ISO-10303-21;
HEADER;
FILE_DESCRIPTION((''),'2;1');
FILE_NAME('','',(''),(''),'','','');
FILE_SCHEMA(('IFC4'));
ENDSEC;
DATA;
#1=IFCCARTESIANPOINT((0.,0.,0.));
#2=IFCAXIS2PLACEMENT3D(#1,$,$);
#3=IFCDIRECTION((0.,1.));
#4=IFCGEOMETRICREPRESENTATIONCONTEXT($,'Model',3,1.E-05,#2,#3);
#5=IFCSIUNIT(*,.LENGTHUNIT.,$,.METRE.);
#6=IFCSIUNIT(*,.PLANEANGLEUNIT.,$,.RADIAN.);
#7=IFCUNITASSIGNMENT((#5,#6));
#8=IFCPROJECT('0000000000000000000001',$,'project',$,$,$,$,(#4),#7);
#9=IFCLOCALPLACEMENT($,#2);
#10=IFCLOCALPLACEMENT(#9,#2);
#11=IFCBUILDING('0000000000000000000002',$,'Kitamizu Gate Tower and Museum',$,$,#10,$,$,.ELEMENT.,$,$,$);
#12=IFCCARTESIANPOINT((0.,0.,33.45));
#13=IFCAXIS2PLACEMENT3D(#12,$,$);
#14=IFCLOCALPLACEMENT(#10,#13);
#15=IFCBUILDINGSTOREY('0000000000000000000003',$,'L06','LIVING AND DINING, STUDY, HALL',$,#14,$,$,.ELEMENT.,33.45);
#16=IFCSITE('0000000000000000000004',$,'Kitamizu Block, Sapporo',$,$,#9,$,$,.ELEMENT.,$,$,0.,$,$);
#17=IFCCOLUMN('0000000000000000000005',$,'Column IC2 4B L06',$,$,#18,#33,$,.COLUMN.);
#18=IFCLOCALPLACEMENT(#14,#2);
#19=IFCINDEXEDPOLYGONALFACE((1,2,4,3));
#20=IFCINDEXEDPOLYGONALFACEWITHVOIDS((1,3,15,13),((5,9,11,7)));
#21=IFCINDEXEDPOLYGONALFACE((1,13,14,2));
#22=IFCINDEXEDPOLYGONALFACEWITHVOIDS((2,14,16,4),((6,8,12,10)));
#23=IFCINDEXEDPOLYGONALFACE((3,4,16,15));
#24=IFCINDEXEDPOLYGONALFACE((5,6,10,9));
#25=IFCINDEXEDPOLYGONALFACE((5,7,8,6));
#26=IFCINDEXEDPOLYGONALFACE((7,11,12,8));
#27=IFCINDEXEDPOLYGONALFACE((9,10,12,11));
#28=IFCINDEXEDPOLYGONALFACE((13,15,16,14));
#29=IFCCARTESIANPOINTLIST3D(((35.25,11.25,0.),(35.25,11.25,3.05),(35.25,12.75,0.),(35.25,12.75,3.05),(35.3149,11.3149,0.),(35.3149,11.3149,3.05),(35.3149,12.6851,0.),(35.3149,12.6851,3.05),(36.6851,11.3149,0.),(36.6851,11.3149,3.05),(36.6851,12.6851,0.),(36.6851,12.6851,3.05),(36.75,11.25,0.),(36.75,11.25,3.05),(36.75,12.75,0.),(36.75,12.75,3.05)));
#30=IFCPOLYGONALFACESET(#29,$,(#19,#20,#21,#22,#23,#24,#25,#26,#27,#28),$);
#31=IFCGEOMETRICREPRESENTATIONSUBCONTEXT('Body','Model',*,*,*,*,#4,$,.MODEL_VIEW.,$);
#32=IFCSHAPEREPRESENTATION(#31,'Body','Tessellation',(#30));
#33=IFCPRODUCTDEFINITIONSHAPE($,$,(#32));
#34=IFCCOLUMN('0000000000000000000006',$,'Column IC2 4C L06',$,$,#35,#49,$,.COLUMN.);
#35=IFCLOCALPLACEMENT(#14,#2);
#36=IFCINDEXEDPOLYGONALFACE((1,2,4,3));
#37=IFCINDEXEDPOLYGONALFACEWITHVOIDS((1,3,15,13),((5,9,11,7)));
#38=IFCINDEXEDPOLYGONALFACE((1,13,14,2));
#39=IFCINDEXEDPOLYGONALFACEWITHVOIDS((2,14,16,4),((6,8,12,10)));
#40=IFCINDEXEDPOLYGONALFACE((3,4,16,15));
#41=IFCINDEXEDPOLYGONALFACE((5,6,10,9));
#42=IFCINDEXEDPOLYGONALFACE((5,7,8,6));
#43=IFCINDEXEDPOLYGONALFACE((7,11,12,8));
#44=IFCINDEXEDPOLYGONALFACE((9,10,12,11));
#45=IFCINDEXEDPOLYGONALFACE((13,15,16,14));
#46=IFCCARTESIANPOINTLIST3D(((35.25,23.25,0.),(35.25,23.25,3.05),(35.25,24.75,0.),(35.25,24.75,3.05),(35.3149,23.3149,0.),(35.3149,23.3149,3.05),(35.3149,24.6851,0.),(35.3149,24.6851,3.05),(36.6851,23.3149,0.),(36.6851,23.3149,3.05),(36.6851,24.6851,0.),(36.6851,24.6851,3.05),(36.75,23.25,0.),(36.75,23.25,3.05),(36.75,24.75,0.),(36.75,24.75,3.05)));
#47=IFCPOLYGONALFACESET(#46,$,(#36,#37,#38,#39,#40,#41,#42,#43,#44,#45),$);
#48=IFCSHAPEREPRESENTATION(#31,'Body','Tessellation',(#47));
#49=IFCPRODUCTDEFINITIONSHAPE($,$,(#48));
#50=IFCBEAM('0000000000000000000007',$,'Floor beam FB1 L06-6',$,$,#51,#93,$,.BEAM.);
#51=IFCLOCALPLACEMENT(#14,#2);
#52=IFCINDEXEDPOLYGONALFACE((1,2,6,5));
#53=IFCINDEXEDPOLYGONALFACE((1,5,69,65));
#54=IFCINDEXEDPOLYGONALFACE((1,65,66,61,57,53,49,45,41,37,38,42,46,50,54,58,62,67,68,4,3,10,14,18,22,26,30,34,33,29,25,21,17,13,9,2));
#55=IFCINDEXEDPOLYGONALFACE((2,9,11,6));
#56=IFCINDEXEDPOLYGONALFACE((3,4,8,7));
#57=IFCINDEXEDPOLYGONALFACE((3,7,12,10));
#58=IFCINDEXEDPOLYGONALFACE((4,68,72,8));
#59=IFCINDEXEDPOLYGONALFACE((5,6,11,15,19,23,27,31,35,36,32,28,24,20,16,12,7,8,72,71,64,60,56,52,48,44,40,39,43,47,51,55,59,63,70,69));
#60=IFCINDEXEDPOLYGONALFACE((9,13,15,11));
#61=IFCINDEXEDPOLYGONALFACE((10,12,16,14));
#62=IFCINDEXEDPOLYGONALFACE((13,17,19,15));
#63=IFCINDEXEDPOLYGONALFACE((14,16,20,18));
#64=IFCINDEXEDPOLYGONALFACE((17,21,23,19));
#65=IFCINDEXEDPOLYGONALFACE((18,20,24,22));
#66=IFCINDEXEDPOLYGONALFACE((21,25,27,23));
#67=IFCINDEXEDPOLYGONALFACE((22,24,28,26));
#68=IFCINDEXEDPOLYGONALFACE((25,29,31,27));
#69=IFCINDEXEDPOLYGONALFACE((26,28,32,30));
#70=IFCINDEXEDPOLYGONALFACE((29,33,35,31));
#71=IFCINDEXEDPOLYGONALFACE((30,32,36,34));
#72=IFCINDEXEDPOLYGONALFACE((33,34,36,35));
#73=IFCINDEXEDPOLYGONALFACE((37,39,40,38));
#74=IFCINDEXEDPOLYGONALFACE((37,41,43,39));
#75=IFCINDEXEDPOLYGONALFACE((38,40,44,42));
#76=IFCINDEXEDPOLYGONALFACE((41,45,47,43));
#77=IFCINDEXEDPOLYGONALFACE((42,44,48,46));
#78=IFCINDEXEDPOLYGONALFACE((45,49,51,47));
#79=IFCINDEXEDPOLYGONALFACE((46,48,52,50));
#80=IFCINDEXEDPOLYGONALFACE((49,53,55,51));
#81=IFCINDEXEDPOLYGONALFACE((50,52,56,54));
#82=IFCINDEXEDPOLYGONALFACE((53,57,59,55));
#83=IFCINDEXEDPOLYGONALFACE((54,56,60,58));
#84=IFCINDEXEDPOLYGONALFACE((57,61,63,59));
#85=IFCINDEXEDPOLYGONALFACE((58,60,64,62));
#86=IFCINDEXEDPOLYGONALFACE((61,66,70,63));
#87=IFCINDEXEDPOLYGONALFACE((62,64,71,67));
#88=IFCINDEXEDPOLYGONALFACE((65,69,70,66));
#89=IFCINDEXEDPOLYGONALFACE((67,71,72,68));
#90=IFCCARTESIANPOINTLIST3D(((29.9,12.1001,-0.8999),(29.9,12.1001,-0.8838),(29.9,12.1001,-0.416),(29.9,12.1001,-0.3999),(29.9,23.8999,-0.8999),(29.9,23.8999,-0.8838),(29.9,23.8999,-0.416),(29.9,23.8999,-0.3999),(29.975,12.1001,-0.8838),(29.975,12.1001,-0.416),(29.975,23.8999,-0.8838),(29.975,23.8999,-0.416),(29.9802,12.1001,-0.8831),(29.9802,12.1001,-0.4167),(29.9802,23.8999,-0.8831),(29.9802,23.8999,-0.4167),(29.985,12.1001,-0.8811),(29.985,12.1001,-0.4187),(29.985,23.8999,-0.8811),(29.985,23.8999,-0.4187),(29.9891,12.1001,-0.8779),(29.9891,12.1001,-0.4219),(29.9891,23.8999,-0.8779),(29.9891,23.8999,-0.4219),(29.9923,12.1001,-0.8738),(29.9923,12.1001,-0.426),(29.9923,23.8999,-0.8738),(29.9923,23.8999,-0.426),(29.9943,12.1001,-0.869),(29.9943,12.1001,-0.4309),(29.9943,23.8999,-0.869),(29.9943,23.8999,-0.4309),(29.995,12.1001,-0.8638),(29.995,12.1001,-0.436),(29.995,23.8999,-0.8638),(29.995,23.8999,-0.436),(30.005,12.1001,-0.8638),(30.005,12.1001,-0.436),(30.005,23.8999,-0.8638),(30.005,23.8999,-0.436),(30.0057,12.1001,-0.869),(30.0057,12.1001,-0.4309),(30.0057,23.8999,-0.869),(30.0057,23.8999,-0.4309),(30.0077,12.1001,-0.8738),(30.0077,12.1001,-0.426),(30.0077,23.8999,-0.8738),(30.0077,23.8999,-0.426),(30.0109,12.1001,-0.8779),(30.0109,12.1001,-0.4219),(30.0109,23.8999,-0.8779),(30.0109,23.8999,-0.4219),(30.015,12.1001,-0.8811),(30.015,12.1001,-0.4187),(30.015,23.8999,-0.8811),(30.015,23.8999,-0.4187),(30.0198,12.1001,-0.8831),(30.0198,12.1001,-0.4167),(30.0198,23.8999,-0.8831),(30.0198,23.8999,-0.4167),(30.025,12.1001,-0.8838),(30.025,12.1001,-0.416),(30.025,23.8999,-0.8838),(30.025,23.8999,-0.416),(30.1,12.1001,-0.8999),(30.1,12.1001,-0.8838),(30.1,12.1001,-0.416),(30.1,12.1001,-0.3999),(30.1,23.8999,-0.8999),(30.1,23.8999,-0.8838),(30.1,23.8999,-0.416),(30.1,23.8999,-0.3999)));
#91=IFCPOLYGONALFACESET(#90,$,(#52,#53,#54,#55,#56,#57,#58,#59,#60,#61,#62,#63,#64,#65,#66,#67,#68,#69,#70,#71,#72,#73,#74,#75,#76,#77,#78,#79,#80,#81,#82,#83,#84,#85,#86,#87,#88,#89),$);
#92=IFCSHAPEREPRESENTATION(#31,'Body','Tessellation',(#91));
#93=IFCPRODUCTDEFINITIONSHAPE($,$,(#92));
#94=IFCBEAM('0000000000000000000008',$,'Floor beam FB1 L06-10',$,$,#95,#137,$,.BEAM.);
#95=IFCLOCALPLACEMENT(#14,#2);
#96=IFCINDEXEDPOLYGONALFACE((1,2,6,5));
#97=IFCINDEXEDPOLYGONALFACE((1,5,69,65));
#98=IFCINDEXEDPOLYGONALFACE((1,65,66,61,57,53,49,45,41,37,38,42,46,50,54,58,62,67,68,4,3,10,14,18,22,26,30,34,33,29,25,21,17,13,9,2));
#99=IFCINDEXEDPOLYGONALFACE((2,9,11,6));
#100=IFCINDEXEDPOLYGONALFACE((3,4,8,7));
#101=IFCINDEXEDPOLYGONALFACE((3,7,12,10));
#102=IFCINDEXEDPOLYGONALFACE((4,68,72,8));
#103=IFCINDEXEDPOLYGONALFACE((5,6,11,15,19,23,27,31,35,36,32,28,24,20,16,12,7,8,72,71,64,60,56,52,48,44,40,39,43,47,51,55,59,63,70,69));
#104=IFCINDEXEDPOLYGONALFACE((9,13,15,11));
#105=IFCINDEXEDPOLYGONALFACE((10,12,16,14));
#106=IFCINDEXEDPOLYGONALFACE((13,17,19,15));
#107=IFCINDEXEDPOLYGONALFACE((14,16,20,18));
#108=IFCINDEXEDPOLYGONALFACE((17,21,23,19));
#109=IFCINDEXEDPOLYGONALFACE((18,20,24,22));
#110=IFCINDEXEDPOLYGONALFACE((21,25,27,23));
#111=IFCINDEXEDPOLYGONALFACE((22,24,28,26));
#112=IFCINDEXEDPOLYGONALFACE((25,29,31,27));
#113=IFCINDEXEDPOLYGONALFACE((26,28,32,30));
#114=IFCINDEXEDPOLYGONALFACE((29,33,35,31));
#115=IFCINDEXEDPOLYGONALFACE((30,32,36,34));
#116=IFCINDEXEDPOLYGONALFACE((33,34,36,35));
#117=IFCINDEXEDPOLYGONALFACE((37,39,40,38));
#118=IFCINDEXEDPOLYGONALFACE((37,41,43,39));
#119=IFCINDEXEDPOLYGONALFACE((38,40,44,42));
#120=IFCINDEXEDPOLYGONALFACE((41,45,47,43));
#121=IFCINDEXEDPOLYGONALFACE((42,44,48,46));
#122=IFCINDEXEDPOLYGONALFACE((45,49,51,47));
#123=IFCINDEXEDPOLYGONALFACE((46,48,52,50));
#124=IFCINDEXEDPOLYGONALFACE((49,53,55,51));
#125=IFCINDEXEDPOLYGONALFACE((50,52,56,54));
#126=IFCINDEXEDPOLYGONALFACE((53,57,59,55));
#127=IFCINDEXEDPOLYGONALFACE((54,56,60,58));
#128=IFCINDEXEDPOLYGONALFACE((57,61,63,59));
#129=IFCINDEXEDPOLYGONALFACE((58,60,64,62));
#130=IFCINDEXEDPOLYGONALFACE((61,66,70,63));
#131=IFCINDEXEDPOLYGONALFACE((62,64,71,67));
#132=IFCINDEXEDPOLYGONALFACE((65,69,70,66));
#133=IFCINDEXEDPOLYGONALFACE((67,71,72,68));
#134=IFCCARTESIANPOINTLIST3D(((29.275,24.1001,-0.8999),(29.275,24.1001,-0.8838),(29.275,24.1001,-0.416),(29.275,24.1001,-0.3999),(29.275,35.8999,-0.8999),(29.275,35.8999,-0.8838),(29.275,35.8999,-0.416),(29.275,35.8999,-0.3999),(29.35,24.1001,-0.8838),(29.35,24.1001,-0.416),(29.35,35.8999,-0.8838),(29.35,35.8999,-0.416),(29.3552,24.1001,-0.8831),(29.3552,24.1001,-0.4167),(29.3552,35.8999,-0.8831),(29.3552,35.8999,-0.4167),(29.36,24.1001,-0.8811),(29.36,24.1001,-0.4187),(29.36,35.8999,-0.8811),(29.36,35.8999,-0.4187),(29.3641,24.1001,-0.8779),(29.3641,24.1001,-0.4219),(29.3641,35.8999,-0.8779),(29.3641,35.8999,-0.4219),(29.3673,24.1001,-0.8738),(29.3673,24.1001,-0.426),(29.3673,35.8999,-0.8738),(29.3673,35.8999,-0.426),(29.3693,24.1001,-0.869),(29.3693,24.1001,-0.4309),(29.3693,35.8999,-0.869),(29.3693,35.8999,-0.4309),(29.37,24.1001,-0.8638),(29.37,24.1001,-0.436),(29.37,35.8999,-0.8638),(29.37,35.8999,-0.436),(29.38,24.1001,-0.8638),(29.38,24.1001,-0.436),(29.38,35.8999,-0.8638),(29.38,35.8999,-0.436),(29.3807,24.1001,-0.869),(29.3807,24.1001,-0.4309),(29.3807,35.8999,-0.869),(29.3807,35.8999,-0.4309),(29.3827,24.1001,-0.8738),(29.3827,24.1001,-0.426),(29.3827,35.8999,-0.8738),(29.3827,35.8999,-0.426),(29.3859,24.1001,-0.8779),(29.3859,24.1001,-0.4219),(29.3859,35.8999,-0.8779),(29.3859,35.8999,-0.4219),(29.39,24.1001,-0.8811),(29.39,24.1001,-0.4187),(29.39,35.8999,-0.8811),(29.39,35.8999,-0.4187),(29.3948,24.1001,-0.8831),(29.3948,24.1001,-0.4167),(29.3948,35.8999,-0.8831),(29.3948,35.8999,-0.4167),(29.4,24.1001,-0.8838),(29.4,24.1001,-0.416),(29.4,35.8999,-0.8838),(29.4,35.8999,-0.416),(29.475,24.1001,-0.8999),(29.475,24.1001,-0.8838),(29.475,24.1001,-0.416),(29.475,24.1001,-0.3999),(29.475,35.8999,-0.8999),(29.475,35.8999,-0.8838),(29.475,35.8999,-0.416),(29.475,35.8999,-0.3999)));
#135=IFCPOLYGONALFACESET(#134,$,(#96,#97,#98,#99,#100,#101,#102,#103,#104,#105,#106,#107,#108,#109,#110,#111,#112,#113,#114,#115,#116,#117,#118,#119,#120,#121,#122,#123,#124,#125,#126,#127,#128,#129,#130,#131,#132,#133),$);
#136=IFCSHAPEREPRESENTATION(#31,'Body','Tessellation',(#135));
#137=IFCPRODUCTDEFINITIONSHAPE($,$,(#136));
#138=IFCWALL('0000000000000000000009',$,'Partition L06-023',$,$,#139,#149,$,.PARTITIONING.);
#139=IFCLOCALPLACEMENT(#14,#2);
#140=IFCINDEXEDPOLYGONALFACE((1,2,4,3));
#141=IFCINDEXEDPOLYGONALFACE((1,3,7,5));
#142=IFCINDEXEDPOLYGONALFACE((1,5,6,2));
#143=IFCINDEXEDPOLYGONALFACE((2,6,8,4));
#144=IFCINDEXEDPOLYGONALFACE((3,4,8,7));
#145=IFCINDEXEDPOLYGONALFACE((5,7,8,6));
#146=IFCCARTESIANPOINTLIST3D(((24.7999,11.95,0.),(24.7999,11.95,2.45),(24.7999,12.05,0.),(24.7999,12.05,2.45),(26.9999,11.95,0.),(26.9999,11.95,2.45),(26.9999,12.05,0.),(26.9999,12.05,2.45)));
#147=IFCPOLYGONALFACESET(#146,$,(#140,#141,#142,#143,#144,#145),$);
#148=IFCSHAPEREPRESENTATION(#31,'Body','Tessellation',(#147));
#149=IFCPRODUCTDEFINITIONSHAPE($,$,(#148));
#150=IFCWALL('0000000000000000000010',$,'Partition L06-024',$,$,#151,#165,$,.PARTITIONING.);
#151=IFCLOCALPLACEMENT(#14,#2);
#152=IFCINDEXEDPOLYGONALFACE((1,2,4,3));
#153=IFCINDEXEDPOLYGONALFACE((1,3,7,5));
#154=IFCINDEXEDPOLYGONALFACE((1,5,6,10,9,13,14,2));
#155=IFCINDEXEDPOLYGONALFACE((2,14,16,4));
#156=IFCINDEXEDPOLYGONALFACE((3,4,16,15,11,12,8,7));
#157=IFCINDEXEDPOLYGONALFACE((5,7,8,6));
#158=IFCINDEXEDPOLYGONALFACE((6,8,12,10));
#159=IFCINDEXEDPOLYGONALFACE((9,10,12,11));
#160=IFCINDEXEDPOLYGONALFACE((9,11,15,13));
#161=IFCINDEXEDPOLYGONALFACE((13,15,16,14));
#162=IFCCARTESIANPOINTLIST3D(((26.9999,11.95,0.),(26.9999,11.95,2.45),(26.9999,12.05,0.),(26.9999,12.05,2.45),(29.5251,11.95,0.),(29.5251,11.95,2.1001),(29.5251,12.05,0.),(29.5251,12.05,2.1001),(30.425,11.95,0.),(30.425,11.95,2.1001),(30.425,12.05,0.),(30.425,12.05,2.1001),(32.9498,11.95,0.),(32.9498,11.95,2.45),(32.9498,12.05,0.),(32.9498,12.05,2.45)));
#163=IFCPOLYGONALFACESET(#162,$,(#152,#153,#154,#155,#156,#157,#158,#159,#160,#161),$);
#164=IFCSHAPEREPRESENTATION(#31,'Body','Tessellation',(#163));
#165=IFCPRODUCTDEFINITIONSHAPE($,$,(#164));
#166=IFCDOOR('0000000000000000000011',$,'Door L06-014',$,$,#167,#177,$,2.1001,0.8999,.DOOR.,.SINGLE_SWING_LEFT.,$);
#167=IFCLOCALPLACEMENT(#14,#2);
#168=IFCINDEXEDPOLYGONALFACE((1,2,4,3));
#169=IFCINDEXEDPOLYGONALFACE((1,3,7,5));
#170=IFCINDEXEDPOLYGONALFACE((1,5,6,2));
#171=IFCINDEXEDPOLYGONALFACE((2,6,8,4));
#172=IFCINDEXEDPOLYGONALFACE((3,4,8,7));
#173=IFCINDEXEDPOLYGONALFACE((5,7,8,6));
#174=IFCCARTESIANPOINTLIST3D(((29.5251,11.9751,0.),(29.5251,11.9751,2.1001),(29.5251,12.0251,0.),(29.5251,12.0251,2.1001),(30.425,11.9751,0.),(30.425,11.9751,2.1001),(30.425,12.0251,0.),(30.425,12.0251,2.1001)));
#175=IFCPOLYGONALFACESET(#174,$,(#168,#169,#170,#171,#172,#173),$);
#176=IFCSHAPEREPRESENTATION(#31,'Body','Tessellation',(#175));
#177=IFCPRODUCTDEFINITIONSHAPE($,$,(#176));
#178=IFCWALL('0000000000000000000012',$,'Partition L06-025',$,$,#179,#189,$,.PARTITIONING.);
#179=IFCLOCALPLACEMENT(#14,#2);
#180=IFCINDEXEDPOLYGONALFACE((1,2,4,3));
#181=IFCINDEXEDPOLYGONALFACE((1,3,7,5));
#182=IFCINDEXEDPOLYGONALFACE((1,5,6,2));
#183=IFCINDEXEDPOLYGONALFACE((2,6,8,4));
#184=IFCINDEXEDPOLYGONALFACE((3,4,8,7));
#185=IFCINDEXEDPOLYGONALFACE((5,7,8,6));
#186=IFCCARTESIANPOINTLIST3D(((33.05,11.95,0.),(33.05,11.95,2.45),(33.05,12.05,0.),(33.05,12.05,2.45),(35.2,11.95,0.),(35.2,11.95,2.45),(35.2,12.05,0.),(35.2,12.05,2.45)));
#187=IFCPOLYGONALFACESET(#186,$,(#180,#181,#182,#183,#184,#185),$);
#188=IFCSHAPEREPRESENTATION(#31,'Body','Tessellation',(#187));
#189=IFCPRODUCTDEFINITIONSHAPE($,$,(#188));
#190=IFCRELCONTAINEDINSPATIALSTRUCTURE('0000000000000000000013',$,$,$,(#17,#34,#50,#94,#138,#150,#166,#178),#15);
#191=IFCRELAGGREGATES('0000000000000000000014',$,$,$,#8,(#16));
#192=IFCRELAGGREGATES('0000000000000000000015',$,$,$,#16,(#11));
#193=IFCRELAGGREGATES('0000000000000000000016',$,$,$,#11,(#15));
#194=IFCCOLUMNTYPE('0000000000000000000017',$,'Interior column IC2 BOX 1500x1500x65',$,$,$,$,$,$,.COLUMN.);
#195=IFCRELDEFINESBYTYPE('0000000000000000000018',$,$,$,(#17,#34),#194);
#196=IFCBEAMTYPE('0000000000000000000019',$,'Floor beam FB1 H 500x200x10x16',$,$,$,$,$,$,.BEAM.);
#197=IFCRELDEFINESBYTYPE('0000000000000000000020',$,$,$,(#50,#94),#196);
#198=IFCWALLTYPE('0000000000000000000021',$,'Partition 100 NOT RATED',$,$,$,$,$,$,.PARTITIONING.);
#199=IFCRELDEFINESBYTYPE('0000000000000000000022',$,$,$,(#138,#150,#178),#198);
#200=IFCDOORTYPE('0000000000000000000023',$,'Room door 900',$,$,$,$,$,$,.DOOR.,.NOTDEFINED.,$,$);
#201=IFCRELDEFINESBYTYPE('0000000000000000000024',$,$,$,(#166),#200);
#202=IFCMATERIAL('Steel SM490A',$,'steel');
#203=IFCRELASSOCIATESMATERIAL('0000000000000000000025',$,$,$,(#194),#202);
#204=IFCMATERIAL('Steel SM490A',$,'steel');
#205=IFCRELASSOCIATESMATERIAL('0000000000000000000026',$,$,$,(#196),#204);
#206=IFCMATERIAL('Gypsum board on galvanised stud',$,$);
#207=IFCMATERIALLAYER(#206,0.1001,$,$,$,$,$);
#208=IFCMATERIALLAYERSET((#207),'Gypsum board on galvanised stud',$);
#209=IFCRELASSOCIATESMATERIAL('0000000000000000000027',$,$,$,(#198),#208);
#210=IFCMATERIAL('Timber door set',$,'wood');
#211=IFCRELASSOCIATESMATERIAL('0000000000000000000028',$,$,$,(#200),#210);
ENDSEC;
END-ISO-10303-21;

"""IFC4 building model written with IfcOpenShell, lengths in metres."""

from ifc_helpers import new_model, si_unit, direction, frame, frame_2d, origin, origin_2d, place, context, subcontext, project, spatial, rectangle, hollow_rectangle, i_section, extrude, material, layer, layer_set, material_profile, profile_set, type_object, element, fill, save


model = new_model("IFC4")

# Units and contexts
model_context = context("Model", 3, precision=1e-05, world=origin(), true_north=direction((0.0, 1.0)))
body_context = subcontext(model_context, "Body", "Model", "MODEL_VIEW")
ifc_project = project(units=[si_unit("LENGTHUNIT", "METRE"), si_unit("PLANEANGLEUNIT", "RADIAN")], contexts=[model_context])

# Site, building, storey
site_placement = place(None, origin())
site = spatial("IfcSite", under=ifc_project, at=site_placement, Name="Kitamizu Block, Sapporo", CompositionType="ELEMENT", RefElevation=0.0)
building_placement = place(site_placement, origin())
building = spatial("IfcBuilding", under=site, at=building_placement, Name="Kitamizu Gate Tower and Museum", CompositionType="ELEMENT")
storey_placement = place(building_placement, frame((0.0, 0.0, 33.45)))
storey = spatial("IfcBuildingStorey", under=building, at=storey_placement, Name="L06", Description="LIVING AND DINING, STUDY, HALL", CompositionType="ELEMENT", Elevation=33.45)

# Columns
ifc_material_1 = material(Name="Steel SM490A", Category="steel")
ifc_material_profile_1 = material_profile(ifc_material_1, hollow_rectangle(XDim=1.5, YDim=1.5, WallThickness=0.0649, at=origin_2d()), Name="BOX 1500x1500x65")
ifc_profile_set_1 = profile_set([ifc_material_profile_1], Name="Steel SM490A")
column_type = type_object("IfcColumnType", Name="Interior column IC2 BOX 1500x1500x65", PredefinedType="COLUMN", material=ifc_profile_set_1)
for number, where, z_axis, x_axis, name in (
    (1, (36.0, 12.0, 0.0), (0.0, 0.0, 1.0), (1.0, 0.0, 0.0), "Column IC2 4B L06"),
    (2, (36.0, 24.0, 0.0), (0.0, 0.0, 1.0), (1.0, 0.0, 0.0), "Column IC2 4C L06"),
):
    element("IfcColumn", number, at=place(storey_placement, frame(where, z_axis=z_axis, x_axis=x_axis)), inside=storey, type_object=column_type, Name=name, PredefinedType="COLUMN", context=body_context, shape_type="SweptSolid", body=[
        extrude(hollow_rectangle(XDim=1.5, YDim=1.5, WallThickness=0.0649, at=origin_2d()), origin(), (0.0, 0.0, 1.0), 3.05),
    ])

# Beams
ifc_material_2 = material(Name="Steel SM490A", Category="steel")
ifc_material_profile_2 = material_profile(ifc_material_2, i_section(OverallWidth=0.2, OverallDepth=0.5, WebThickness=0.01, FlangeThickness=0.0161, FilletRadius=0.02, at=origin_2d()), Name="H-500x200x10x16")
ifc_profile_set_2 = profile_set([ifc_material_profile_2], Name="Steel SM490A")
beam_type = type_object("IfcBeamType", Name="Floor beam FB1 H 500x200x10x16", PredefinedType="BEAM", material=ifc_profile_set_2)
for number, where, z_axis, x_axis, name in (
    (3, (30.0, 12.1001, -0.6499), (0.0, 1.0, 0.0), (-1.0, 0.0, 0.0), "Floor beam FB1 L06-6"),
    (4, (29.375, 24.1001, -0.6499), (0.0, 1.0, 0.0), (-1.0, 0.0, 0.0), "Floor beam FB1 L06-10"),
):
    element("IfcBeam", number, at=place(storey_placement, frame(where, z_axis=z_axis, x_axis=x_axis)), inside=storey, type_object=beam_type, Name=name, PredefinedType="BEAM", context=body_context, shape_type="SweptSolid", body=[
        extrude(i_section(OverallWidth=0.2, OverallDepth=0.5, WebThickness=0.01, FlangeThickness=0.0161, FilletRadius=0.02, at=origin_2d()), origin(), (0.0, 0.0, 1.0), 11.7998),
    ])

# Wall
ifc_material_3 = material(Name="Gypsum board on galvanised stud")
ifc_layer = layer(ifc_material_3, 0.1001)
ifc_layer_set = layer_set([ifc_layer], Name="Gypsum board on galvanised stud")
wall_type = type_object("IfcWallType", Name="Partition 100 NOT RATED", PredefinedType="PARTITIONING", material=ifc_layer_set)
wall_1_placement = place(storey_placement, frame((27.0, 12.0, 0.0), z_axis=(0.0, 0.0, 1.0), x_axis=(-1.0, 0.0, 0.0)))
element("IfcWall", 5, at=wall_1_placement, inside=storey, type_object=wall_type, Name="Partition L06-023", PredefinedType="PARTITIONING", context=body_context, shape_type="SweptSolid", body=[
    extrude(rectangle(XDim=2.2, YDim=0.1001, at=frame_2d((1.1001, 0.0))), origin(), (0.0, 0.0, 1.0), 2.45),
])

# Wall, opening, door
wall_2_placement = place(storey_placement, frame((32.95, 12.0, 0.0), z_axis=(0.0, 0.0, 1.0), x_axis=(-1.0, 0.0, 0.0)))
wall_2 = element("IfcWall", 6, at=wall_2_placement, inside=storey, type_object=wall_type, Name="Partition L06-024", PredefinedType="PARTITIONING", context=body_context, shape_type="SweptSolid", body=[
    extrude(rectangle(XDim=5.95, YDim=0.1001, at=frame_2d((2.9751, 0.0))), origin(), (0.0, 0.0, 1.0), 2.45),
])
opening_1_placement = place(wall_2_placement, frame((2.5249, 0.0, 0.0)))
opening_1 = element("IfcOpeningElement", 7, at=opening_1_placement, cuts=wall_2, PredefinedType="OPENING", context=body_context, shape_type="SweptSolid", body=[
    extrude(rectangle(XDim=0.8999, YDim=2.1001, at=frame_2d((0.45, 1.05))), frame((0.0, 0.0601, 0.0), z_axis=(0.0, -1.0, 0.0), x_axis=(1.0, 0.0, 0.0)), (0.0, 0.0, 1.0), 0.1201),
])
ifc_material_4 = material(Name="Timber door set", Category="wood")
door_type = type_object("IfcDoorType", Name="Room door 900", OperationType="NOTDEFINED", PredefinedType="DOOR", material=ifc_material_4)
door_1_placement = place(opening_1_placement, origin())
door_1 = element("IfcDoor", 8, at=door_1_placement, inside=storey, type_object=door_type, Name="Door L06-014", OperationType="SINGLE_SWING_LEFT", OverallHeight=2.1001, OverallWidth=0.8999, PredefinedType="DOOR", context=body_context, shape_type="SweptSolid", body=[
    extrude(rectangle(XDim=0.8999, YDim=2.1001, at=frame_2d((0.45, 1.05))), frame((0.0, 0.0249, 0.0), z_axis=(0.0, -1.0, 0.0), x_axis=(1.0, 0.0, 0.0)), (0.0, 0.0, 1.0), 0.05),
])
fill(opening_1, door_1)

# Wall
wall_3_placement = place(storey_placement, frame((35.2, 12.0, 0.0), z_axis=(0.0, 0.0, 1.0), x_axis=(-1.0, 0.0, 0.0)))
element("IfcWall", 9, at=wall_3_placement, inside=storey, type_object=wall_type, Name="Partition L06-025", PredefinedType="PARTITIONING", context=body_context, shape_type="SweptSolid", body=[
    extrude(rectangle(XDim=2.1499, YDim=0.1001, at=frame_2d((1.075, 0.0))), origin(), (0.0, 0.0, 1.0), 2.45),
])

save(model, "model.ifc")
